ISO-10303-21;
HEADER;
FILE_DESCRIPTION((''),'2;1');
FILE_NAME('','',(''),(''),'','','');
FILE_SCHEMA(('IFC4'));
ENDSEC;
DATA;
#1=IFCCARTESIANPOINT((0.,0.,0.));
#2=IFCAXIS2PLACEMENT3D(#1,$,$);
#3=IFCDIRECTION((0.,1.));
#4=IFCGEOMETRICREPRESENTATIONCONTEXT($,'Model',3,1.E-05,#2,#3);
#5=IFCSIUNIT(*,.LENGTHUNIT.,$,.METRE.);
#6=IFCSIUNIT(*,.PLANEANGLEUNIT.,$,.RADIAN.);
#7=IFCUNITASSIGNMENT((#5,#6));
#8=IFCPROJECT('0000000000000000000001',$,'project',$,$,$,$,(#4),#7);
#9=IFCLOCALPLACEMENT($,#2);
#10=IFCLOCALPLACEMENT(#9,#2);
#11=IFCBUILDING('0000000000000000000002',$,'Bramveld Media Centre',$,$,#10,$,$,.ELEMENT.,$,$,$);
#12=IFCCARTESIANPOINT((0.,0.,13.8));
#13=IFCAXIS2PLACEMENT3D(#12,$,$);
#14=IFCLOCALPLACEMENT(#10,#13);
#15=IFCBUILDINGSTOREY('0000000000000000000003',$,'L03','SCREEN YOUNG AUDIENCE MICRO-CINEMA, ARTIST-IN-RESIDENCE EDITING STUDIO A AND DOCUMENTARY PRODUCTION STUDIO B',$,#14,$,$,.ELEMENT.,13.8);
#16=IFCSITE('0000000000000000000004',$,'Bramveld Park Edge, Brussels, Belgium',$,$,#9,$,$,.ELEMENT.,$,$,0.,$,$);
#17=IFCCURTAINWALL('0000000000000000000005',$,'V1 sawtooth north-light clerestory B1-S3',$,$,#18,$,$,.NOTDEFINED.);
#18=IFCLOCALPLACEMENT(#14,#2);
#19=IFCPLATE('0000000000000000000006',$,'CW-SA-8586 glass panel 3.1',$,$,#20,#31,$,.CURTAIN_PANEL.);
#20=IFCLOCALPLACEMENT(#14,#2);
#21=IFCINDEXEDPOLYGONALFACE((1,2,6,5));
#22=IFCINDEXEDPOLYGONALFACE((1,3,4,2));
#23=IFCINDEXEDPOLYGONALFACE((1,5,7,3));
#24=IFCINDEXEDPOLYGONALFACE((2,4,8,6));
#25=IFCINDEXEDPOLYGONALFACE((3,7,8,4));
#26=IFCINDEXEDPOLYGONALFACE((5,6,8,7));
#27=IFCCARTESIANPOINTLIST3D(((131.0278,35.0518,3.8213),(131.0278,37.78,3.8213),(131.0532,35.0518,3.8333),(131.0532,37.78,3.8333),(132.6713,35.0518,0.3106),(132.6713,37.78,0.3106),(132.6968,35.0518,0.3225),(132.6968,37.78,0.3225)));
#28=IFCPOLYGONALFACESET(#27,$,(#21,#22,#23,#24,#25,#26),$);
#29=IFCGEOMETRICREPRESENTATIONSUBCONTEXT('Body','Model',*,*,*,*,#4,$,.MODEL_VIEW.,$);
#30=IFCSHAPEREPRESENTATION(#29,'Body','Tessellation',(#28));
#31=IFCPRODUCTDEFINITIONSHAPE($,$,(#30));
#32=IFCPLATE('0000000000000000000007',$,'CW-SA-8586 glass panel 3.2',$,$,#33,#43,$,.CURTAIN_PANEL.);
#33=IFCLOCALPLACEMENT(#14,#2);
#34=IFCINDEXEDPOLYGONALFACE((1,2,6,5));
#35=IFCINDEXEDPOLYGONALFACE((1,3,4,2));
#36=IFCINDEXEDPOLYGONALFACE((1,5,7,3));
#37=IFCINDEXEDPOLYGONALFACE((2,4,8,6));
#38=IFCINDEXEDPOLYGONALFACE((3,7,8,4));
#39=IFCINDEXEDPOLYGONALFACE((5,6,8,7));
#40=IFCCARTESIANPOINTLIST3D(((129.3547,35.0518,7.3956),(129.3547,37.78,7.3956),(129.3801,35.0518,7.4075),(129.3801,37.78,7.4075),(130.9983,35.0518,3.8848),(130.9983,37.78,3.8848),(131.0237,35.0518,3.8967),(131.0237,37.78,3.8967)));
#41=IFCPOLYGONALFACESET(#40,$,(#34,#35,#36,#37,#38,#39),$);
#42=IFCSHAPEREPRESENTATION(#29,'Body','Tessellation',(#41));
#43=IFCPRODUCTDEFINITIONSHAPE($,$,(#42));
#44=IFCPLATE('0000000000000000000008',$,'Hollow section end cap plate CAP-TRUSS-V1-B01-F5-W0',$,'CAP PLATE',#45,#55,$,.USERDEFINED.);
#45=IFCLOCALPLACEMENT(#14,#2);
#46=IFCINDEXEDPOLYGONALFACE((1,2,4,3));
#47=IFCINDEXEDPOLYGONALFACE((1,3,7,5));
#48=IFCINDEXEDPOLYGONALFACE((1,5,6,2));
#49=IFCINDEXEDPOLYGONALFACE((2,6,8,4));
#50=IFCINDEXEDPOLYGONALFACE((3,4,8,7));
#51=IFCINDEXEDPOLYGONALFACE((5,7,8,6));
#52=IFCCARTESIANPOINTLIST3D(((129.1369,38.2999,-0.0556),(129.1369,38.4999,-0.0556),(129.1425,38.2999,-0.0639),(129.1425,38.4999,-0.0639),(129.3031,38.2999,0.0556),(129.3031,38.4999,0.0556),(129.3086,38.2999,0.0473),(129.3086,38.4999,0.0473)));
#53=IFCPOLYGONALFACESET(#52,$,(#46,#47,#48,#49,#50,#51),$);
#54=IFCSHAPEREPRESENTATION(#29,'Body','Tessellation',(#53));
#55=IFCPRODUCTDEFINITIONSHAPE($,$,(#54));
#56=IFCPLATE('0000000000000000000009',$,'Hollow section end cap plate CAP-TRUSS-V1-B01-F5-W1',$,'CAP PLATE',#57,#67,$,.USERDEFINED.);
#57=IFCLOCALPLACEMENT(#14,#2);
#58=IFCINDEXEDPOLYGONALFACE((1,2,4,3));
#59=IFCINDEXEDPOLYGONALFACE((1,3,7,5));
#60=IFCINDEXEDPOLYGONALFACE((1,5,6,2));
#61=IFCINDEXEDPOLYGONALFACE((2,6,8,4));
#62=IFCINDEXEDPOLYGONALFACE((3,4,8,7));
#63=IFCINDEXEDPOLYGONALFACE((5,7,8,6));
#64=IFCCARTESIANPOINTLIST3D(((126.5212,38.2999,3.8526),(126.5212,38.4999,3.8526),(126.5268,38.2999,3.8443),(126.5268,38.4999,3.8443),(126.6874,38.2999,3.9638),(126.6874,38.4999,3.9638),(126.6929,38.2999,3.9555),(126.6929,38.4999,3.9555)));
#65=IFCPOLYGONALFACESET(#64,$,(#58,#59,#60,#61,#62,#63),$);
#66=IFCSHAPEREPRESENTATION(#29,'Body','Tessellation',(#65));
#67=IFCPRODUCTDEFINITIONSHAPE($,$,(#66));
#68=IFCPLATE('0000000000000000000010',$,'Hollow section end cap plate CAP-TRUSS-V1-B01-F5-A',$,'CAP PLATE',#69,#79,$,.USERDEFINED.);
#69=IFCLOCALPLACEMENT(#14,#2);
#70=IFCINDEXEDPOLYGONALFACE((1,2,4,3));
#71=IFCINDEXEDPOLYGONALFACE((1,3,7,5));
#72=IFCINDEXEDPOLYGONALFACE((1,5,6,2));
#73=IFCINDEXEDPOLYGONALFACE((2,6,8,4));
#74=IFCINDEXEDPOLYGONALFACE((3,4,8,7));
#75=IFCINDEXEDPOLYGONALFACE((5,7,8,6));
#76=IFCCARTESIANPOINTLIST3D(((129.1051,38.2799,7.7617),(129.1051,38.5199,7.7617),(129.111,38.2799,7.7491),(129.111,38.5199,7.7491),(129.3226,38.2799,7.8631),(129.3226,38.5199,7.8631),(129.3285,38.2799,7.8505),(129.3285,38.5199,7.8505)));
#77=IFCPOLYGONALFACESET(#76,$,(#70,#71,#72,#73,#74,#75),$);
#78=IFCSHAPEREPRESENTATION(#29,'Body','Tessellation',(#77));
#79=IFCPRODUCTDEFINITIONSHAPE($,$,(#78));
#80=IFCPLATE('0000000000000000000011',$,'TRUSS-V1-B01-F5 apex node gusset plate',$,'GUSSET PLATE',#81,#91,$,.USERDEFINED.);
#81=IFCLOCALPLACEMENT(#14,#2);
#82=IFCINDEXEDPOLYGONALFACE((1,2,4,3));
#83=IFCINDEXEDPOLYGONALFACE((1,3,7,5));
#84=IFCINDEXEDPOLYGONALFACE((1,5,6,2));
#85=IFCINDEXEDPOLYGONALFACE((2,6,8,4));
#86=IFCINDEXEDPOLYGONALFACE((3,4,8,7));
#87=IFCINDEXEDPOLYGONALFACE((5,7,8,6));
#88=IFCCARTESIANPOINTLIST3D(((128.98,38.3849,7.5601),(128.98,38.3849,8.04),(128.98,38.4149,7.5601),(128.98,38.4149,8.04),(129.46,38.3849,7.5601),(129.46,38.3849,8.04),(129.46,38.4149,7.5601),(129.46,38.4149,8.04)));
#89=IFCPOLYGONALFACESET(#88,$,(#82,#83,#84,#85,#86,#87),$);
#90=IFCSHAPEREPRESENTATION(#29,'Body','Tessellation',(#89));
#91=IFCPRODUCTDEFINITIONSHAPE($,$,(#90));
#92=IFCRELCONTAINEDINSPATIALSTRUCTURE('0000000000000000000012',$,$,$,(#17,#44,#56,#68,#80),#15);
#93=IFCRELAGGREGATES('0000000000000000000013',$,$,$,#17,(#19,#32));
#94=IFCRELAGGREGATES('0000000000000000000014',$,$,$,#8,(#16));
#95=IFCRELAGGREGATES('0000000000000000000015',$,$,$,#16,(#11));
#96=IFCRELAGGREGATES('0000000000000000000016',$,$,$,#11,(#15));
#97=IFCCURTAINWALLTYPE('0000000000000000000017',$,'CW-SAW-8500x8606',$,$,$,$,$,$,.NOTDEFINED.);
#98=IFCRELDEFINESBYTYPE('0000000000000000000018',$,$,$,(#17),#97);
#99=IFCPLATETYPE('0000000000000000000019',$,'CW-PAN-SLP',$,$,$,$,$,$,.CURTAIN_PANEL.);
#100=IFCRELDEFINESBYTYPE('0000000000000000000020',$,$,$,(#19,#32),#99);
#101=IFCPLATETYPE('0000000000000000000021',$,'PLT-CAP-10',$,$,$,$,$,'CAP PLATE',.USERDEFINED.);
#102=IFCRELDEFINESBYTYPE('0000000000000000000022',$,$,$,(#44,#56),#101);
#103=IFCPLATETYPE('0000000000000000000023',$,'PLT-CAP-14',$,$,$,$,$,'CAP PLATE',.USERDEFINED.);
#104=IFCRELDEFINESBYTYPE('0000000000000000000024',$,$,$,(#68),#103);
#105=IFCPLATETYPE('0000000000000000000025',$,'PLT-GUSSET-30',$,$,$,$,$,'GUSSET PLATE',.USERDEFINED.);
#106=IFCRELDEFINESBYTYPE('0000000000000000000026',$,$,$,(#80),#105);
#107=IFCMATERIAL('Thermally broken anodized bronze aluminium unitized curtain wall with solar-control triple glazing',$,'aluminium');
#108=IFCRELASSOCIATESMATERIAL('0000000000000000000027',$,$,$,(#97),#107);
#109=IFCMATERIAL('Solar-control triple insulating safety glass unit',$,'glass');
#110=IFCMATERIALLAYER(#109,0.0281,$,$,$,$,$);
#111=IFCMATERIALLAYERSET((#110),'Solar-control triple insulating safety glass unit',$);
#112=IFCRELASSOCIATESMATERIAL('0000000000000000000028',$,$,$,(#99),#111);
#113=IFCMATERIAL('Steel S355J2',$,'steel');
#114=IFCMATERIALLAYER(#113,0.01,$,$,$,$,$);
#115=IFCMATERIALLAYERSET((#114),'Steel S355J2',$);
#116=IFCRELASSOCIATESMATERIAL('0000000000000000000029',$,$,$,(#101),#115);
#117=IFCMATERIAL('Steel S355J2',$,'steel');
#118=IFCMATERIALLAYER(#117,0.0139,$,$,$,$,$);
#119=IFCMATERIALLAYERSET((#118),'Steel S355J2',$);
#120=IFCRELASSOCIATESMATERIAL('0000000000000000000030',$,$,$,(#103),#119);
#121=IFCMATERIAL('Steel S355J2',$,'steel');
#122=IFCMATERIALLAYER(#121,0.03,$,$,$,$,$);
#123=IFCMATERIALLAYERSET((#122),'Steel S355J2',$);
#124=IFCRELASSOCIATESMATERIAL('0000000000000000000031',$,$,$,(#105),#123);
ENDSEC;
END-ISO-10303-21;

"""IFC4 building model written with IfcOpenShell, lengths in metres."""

from ifc_helpers import new_model, si_unit, direction, frame, origin, origin_2d, place, context, subcontext, project, spatial, polyline, rectangle, outline, extrude, material, layer, layer_set, type_object, element, aggregate, save


model = new_model("IFC4")

# Units and contexts
model_context = context("Model", 3, precision=1e-05, world=origin(), true_north=direction((0.0, 1.0)))
body_context = subcontext(model_context, "Body", "Model", "MODEL_VIEW")
ifc_project = project(units=[si_unit("LENGTHUNIT", "METRE"), si_unit("PLANEANGLEUNIT", "RADIAN")], contexts=[model_context])

# Site, building, storey
site_placement = place(None, origin())
site = spatial("IfcSite", under=ifc_project, at=site_placement, Name="Bramveld Park Edge, Brussels, Belgium", CompositionType="ELEMENT", RefElevation=0.0)
building_placement = place(site_placement, origin())
building = spatial("IfcBuilding", under=site, at=building_placement, Name="Bramveld Media Centre", CompositionType="ELEMENT")
storey_placement = place(building_placement, frame((0.0, 0.0, 13.8)))
storey = spatial("IfcBuildingStorey", under=building, at=storey_placement, Name="L03", Description="SCREEN YOUNG AUDIENCE MICRO-CINEMA, ARTIST-IN-RESIDENCE EDITING STUDIO A AND DOCUMENTARY PRODUCTION STUDIO B", CompositionType="ELEMENT", Elevation=13.8)

# Curtain wall
ifc_material_1 = material(Name="Thermally broken anodized bronze aluminium unitized curtain wall with solar-control triple glazing", Category="aluminium")
curtain_wall_type = type_object("IfcCurtainWallType", Name="CW-SAW-8500x8606", PredefinedType="NOTDEFINED", material=ifc_material_1)
curtain_wall_placement = place(storey_placement, origin())
curtain_wall = element("IfcCurtainWall", 1, at=curtain_wall_placement, inside=storey, type_object=curtain_wall_type, Name="V1 sawtooth north-light clerestory B1-S3", PredefinedType="NOTDEFINED")

# Plates
ifc_material_2 = material(Name="Solar-control triple insulating safety glass unit", Category="glass")
ifc_layer_1 = layer(ifc_material_2, 0.0281)
ifc_layer_set_1 = layer_set([ifc_layer_1], Name="Solar-control triple insulating safety glass unit")
plate_type_1 = type_object("IfcPlateType", Name="CW-PAN-SLP", PredefinedType="CURTAIN_PANEL", material=ifc_layer_set_1)
plate_1_placement = place(storey_placement, frame((132.6968, 35.0518, 0.3225), z_axis=(0.905668, 0.0, 0.423988), x_axis=(0.0, 1.0, 0.0)))
plate_1 = element("IfcPlate", 2, at=plate_1_placement, type_object=plate_type_1, Name="CW-SA-8586 glass panel 3.1", PredefinedType="CURTAIN_PANEL", context=body_context, shape_type="SweptSolid", body=[
    extrude(outline(polyline([(0.0, 0.0), (2.7283, 0.0), (2.7283, 3.8764), (0.0, 3.8764), (0.0, 0.0)])), origin(), (0.0, 0.0, -1.0), 0.0281),
])
plate_2_placement = place(storey_placement, frame((131.0237, 35.0518, 3.8967), z_axis=(0.905668, 0.0, 0.423988), x_axis=(0.0, 1.0, 0.0)))
plate_2 = element("IfcPlate", 3, at=plate_2_placement, type_object=plate_type_1, Name="CW-SA-8586 glass panel 3.2", PredefinedType="CURTAIN_PANEL", context=body_context, shape_type="SweptSolid", body=[
    extrude(outline(polyline([(0.0, 0.0), (2.7283, 0.0), (2.7283, 3.8764), (0.0, 3.8764), (0.0, 0.0)])), origin(), (0.0, 0.0, -1.0), 0.0281),
])
aggregate(curtain_wall, [plate_1, plate_2])

# Plates
ifc_material_3 = material(Name="Steel S355J2", Category="steel")
ifc_layer_2 = layer(ifc_material_3, 0.01)
ifc_layer_set_2 = layer_set([ifc_layer_2], Name="Steel S355J2")
plate_type_2 = type_object("IfcPlateType", Name="PLT-CAP-10", ElementType="CAP PLATE", PredefinedType="USERDEFINED", material=ifc_layer_set_2)
for number, where, z_axis, x_axis, name in (
    (4, (129.22, 38.3999, 0.0), (0.556175, 0.0, -0.831065), (0.0, 1.0, 0.0), "Hollow section end cap plate CAP-TRUSS-V1-B01-F5-W0"),
    (5, (126.6099, 38.3999, 3.8999), (-0.556175, 0.0, 0.831065), (0.0, -1.0, 0.0), "Hollow section end cap plate CAP-TRUSS-V1-B01-F5-W1"),
):
    element("IfcPlate", number, at=place(storey_placement, frame(where, z_axis=z_axis, x_axis=x_axis)), inside=storey, type_object=plate_type_2, Name=name, ObjectType="CAP PLATE", PredefinedType="USERDEFINED", context=body_context, shape_type="SweptSolid", body=[
        extrude(rectangle(XDim=0.2, YDim=0.2, at=origin_2d()), origin(), (0.0, 0.0, 1.0), 0.01),
    ])
ifc_material_4 = material(Name="Steel S355J2", Category="steel")
ifc_layer_3 = layer(ifc_material_4, 0.0139)
ifc_layer_set_3 = layer_set([ifc_layer_3], Name="Steel S355J2")
plate_type_3 = type_object("IfcPlateType", Name="PLT-CAP-14", ElementType="CAP PLATE", PredefinedType="USERDEFINED", material=ifc_layer_set_3)
plate_3_placement = place(storey_placement, frame((129.2197, 38.3999, 7.7998), z_axis=(-0.422618, 0.0, 0.906308), x_axis=(0.0, -1.0, 0.0)))
element("IfcPlate", 6, at=plate_3_placement, inside=storey, type_object=plate_type_3, Name="Hollow section end cap plate CAP-TRUSS-V1-B01-F5-A", ObjectType="CAP PLATE", PredefinedType="USERDEFINED", context=body_context, shape_type="SweptSolid", body=[
    extrude(rectangle(XDim=0.24, YDim=0.24, at=origin_2d()), origin(), (0.0, 0.0, 1.0), 0.0139),
])
ifc_material_5 = material(Name="Steel S355J2", Category="steel")
ifc_layer_4 = layer(ifc_material_5, 0.03)
ifc_layer_set_4 = layer_set([ifc_layer_4], Name="Steel S355J2")
plate_type_4 = type_object("IfcPlateType", Name="PLT-GUSSET-30", ElementType="GUSSET PLATE", PredefinedType="USERDEFINED", material=ifc_layer_set_4)
plate_4_placement = place(storey_placement, frame((129.22, 38.3999, 7.5601), z_axis=(0.0, 0.0, 1.0), x_axis=(1.0, 0.0, 0.0)))
element("IfcPlate", 7, at=plate_4_placement, inside=storey, type_object=plate_type_4, Name="TRUSS-V1-B01-F5 apex node gusset plate", ObjectType="GUSSET PLATE", PredefinedType="USERDEFINED", context=body_context, shape_type="SweptSolid", body=[
    extrude(rectangle(XDim=0.48, YDim=0.03, at=origin_2d()), origin(), (0.0, 0.0, 1.0), 0.48),
])

save(model, "model.ifc")
